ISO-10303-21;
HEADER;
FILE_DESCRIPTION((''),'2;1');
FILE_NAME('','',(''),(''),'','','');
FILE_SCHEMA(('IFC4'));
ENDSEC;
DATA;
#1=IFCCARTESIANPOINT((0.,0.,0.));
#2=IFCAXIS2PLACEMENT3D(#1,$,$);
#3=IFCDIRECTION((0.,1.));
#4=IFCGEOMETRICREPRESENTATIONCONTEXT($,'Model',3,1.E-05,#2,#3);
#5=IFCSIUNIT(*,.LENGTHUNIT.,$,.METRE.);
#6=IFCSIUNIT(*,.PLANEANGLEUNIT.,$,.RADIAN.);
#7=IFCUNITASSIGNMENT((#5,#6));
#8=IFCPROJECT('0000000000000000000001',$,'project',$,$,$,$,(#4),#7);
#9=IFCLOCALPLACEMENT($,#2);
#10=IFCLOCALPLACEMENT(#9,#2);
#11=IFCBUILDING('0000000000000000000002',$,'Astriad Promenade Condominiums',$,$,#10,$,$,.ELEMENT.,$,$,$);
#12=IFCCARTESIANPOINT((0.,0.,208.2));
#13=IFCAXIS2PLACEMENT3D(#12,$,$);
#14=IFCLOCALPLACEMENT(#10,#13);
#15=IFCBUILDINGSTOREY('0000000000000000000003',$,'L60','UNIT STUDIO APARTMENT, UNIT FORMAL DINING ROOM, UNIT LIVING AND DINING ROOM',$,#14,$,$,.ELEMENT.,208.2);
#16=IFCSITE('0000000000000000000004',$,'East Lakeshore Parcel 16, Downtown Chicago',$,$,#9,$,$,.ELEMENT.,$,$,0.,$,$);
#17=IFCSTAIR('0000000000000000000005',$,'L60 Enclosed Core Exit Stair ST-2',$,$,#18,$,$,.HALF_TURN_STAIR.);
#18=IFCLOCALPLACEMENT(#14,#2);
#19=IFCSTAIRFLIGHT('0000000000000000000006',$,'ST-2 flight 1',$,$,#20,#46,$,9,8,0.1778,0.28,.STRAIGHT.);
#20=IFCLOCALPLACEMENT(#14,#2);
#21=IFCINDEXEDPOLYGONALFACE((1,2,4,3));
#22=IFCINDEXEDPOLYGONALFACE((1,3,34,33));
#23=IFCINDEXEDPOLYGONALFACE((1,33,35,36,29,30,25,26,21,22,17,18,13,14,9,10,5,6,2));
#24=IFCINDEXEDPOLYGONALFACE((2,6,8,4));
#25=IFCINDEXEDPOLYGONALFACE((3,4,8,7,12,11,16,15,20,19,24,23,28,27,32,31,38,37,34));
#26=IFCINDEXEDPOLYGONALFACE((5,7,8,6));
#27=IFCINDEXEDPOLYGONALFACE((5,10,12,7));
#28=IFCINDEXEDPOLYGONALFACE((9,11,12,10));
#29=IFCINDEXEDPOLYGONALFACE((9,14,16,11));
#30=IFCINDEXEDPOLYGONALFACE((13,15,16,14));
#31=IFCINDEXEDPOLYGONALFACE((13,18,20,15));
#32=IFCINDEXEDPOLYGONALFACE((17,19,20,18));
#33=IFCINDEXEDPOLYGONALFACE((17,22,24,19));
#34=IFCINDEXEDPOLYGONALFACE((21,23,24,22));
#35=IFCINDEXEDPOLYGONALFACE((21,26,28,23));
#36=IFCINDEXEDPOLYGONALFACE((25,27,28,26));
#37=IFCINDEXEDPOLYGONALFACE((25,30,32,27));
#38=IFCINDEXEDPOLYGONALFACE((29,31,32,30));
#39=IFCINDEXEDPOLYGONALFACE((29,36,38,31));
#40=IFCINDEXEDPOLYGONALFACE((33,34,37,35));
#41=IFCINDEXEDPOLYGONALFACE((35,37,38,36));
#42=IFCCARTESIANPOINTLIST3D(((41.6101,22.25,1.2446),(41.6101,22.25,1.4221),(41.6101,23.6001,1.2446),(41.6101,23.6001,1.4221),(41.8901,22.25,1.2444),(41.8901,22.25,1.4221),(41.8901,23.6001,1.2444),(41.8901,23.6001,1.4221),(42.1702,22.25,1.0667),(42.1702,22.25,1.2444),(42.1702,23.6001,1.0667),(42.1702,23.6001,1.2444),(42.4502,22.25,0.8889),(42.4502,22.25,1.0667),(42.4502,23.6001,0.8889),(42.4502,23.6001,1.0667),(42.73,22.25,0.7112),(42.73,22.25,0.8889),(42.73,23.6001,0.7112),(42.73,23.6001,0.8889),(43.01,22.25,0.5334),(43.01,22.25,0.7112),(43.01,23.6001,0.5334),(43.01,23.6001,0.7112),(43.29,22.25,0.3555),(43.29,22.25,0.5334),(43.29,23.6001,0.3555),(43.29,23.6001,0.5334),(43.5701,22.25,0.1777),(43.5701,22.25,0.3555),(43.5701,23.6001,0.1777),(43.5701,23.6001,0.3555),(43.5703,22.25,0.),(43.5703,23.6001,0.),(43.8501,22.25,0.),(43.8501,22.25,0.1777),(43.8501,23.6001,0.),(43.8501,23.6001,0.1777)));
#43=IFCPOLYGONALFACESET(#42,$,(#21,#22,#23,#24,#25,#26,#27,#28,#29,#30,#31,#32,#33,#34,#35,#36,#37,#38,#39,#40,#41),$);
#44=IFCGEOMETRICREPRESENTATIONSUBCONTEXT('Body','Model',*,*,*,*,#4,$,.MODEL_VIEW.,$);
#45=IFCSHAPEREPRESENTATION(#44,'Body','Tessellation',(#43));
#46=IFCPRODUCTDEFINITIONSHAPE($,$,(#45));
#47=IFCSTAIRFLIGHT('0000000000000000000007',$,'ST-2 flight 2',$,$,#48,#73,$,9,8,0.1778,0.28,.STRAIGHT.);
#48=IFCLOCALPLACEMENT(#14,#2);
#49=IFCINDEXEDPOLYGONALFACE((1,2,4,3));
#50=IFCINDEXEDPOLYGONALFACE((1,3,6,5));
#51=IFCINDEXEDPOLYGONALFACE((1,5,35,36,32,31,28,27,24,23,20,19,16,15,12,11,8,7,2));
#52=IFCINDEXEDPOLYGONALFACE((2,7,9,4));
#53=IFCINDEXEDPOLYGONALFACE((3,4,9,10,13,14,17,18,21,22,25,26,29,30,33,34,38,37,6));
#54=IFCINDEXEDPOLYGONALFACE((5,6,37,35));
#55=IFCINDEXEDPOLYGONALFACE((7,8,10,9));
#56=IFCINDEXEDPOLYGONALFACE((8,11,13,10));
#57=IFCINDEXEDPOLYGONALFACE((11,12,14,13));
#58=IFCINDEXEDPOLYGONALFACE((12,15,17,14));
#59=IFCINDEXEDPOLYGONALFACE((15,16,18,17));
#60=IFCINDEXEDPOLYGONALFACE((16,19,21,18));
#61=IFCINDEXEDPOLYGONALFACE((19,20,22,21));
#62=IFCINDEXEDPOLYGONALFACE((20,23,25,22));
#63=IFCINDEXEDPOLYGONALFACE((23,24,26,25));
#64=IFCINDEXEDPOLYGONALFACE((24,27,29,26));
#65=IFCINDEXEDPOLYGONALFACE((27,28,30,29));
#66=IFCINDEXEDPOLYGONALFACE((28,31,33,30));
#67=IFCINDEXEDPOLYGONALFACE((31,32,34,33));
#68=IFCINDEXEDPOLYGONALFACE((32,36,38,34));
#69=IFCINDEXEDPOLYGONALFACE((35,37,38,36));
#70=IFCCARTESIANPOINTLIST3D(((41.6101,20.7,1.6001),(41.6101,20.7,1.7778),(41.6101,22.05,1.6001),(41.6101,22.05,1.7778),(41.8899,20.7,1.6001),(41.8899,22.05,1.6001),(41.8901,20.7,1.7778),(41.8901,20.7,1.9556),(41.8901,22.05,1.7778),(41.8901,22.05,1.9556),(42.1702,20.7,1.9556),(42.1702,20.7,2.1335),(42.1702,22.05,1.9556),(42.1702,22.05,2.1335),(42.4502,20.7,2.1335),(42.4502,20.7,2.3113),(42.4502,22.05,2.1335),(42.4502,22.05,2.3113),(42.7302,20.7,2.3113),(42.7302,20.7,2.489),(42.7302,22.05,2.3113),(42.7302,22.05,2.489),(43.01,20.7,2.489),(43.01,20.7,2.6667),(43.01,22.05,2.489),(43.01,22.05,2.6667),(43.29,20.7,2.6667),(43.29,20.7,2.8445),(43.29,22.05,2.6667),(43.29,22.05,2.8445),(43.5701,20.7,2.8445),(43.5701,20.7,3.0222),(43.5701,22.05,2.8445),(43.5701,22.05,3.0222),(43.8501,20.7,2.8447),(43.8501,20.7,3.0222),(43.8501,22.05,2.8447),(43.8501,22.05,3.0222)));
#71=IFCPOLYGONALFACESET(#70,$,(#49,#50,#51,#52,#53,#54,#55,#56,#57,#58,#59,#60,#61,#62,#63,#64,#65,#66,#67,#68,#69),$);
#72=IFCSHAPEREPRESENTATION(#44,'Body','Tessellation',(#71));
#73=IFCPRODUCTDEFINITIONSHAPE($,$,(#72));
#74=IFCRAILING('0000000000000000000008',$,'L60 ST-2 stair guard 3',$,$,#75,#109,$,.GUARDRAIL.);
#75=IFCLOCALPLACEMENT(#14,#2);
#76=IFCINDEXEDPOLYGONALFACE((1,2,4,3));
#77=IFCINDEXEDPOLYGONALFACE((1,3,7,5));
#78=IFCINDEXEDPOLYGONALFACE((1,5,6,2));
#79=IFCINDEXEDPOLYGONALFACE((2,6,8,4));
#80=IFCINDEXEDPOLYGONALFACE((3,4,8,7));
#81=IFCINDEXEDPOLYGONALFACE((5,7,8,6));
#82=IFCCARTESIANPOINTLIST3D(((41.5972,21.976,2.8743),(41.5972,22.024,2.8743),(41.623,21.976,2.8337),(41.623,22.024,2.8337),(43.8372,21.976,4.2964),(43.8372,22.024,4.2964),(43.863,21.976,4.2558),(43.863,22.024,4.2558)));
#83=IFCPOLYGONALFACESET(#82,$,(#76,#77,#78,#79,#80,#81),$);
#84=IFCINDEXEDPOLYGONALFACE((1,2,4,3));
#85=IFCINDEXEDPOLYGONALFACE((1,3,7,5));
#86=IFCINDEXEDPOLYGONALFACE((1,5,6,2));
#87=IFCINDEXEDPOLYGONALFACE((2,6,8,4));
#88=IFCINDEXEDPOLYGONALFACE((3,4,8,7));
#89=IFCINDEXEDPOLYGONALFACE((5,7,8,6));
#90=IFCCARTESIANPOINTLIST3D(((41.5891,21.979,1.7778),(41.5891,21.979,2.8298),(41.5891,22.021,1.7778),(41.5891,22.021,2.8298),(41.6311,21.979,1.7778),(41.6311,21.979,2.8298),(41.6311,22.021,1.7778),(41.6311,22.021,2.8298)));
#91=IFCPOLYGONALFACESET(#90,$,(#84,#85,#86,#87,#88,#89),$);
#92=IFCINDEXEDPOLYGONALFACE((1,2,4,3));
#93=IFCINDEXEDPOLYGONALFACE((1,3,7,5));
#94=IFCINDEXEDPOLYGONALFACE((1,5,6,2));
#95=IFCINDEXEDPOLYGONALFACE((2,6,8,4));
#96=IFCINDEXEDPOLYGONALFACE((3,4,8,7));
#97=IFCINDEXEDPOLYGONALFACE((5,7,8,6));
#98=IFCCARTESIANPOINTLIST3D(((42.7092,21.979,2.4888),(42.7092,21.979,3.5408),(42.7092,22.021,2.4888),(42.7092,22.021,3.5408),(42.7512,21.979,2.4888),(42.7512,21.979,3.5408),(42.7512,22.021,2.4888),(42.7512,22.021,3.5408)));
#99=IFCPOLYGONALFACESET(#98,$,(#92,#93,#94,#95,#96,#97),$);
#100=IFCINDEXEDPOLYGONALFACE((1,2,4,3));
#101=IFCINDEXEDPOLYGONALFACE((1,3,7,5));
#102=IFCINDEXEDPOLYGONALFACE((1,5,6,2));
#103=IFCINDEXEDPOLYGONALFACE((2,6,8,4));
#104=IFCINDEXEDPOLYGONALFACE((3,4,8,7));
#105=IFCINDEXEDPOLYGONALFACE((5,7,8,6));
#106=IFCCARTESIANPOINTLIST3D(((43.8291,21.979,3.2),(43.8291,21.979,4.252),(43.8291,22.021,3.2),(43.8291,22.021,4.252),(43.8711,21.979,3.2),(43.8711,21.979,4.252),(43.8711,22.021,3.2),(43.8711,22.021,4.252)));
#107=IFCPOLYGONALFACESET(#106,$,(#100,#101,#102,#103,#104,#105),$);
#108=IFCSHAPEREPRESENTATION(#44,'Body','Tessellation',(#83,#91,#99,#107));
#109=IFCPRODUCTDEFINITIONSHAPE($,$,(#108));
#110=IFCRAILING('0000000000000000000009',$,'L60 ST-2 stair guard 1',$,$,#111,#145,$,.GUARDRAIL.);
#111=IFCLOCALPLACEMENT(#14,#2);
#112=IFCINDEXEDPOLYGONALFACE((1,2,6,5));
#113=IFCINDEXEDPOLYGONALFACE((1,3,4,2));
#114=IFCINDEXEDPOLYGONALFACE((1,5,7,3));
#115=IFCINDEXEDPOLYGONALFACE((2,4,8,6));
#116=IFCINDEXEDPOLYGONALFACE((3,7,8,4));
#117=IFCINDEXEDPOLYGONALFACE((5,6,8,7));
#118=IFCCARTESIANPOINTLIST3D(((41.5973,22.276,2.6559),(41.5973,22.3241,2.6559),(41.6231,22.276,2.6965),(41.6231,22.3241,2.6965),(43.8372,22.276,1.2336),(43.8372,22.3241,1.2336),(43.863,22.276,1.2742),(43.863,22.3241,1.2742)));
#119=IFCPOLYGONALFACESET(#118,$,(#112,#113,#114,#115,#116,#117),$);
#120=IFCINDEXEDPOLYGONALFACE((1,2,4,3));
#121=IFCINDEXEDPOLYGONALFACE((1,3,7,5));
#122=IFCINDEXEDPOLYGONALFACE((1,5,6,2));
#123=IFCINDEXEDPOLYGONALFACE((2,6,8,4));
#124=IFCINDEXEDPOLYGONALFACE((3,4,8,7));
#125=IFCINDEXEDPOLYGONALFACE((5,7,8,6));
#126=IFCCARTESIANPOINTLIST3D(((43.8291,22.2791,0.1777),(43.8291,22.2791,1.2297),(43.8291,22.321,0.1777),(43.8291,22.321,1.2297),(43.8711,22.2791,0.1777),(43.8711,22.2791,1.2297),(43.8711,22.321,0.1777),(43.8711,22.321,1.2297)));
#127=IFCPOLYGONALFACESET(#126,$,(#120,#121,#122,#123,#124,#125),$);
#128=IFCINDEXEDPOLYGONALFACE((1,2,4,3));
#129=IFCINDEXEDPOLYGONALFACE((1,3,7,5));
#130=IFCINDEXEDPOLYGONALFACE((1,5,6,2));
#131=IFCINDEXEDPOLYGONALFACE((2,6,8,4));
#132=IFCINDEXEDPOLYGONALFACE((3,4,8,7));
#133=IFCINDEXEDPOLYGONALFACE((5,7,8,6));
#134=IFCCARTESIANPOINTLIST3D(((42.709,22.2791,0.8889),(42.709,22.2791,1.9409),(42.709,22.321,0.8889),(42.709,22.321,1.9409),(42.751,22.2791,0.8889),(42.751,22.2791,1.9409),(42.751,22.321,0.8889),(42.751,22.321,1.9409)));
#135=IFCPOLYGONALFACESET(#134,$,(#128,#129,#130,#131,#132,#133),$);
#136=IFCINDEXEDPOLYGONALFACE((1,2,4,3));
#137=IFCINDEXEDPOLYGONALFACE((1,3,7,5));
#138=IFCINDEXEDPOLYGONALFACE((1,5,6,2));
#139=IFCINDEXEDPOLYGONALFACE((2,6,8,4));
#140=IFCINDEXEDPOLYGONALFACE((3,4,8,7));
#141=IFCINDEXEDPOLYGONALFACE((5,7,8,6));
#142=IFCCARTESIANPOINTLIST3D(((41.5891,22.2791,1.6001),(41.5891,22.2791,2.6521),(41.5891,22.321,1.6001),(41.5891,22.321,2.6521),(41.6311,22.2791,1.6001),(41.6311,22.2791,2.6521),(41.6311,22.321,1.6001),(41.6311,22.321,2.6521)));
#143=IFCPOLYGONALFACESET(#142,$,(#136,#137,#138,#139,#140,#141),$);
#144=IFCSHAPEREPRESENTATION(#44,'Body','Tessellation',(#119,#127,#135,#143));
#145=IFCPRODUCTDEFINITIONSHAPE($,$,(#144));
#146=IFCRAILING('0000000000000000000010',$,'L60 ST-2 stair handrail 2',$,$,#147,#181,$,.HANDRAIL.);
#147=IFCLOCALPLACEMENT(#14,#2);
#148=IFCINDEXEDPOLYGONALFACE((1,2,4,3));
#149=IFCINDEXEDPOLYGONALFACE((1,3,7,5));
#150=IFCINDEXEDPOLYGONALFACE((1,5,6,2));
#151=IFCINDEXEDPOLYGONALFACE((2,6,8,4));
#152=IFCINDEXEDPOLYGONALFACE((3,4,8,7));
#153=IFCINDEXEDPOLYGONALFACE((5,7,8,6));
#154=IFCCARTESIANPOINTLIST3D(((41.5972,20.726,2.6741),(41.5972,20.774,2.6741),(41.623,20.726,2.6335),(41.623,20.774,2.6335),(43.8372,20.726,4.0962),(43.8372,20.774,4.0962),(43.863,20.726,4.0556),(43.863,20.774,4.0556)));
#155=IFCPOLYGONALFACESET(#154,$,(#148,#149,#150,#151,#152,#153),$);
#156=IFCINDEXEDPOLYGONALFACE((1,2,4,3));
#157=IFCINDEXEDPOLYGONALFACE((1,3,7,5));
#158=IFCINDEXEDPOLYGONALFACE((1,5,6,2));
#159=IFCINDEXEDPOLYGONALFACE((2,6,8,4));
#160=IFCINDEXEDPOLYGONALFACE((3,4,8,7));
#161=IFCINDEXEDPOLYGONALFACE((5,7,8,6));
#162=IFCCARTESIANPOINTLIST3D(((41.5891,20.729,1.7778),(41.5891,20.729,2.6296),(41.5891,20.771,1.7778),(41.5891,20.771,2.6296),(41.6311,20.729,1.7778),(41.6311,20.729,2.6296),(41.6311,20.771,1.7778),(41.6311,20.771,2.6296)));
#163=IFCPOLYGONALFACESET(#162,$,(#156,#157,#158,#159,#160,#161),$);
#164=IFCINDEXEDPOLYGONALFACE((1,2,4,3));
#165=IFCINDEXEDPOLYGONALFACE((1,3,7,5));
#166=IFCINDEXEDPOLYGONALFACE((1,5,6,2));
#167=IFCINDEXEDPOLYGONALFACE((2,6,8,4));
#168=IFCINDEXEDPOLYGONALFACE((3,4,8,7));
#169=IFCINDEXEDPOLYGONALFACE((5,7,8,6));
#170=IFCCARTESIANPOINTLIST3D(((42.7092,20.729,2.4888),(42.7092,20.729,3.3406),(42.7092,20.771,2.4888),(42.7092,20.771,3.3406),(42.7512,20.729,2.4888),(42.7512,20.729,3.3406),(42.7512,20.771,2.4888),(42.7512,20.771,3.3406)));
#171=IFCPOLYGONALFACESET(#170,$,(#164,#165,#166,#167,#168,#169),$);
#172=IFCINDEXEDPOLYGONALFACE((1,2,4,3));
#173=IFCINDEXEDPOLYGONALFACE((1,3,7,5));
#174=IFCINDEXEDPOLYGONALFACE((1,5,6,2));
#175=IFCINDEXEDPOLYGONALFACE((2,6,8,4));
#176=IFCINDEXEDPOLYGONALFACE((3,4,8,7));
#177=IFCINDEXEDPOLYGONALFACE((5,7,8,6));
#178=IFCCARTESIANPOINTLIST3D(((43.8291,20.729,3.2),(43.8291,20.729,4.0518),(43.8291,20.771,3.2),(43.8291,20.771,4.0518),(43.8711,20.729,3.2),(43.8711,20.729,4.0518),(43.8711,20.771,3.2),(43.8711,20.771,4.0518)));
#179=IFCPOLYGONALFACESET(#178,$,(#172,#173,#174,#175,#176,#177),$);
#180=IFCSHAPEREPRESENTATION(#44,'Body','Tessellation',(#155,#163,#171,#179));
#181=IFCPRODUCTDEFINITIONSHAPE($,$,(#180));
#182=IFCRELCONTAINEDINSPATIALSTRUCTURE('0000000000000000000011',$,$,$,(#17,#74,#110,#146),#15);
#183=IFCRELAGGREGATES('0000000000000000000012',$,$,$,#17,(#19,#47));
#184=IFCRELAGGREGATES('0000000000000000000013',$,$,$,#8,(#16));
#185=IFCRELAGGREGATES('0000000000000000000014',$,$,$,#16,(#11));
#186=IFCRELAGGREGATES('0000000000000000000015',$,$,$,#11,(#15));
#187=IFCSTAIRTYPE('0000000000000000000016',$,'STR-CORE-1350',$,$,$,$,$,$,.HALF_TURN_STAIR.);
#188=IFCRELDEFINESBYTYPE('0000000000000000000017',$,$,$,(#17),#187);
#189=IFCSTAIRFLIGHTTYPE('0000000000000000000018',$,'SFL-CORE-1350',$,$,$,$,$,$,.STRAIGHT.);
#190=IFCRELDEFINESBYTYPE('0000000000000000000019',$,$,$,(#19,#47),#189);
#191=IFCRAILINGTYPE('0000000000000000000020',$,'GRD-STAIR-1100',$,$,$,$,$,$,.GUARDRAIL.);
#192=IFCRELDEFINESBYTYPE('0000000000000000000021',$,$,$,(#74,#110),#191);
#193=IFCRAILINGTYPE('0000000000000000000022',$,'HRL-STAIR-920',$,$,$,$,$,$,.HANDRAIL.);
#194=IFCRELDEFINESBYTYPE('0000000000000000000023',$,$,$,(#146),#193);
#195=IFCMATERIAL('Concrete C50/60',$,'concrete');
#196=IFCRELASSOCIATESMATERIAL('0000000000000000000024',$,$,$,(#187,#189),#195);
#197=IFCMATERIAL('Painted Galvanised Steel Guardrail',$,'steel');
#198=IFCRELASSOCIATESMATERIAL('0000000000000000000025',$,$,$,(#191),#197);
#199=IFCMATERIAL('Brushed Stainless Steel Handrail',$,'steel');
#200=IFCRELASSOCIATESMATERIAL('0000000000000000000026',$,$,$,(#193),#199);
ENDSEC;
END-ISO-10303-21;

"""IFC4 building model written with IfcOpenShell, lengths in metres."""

from ifc_helpers import new_model, si_unit, direction, frame, origin, origin_2d, place, context, subcontext, project, spatial, polyline, rectangle, outline, extrude, source, transform, mapped, material, type_object, type_shapes, element, aggregate, save


model = new_model("IFC4")

# Units and contexts
model_context = context("Model", 3, precision=1e-05, world=origin(), true_north=direction((0.0, 1.0)))
body_context = subcontext(model_context, "Body", "Model", "MODEL_VIEW")
ifc_project = project(units=[si_unit("LENGTHUNIT", "METRE"), si_unit("PLANEANGLEUNIT", "RADIAN")], contexts=[model_context])

# Site, building, storey
site_placement = place(None, origin())
site = spatial("IfcSite", under=ifc_project, at=site_placement, Name="East Lakeshore Parcel 16, Downtown Chicago", CompositionType="ELEMENT", RefElevation=0.0)
building_placement = place(site_placement, origin())
building = spatial("IfcBuilding", under=site, at=building_placement, Name="Astriad Promenade Condominiums", CompositionType="ELEMENT")
storey_placement = place(building_placement, frame((0.0, 0.0, 208.2)))
storey = spatial("IfcBuildingStorey", under=building, at=storey_placement, Name="L60", Description="UNIT STUDIO APARTMENT, UNIT FORMAL DINING ROOM, UNIT LIVING AND DINING ROOM", CompositionType="ELEMENT", Elevation=208.2)

# Shared definitions
ifc_material_1 = material(Name="Concrete C50/60", Category="concrete")

# Stair, stair flights
stair_type = type_object("IfcStairType", Name="STR-CORE-1350", PredefinedType="HALF_TURN_STAIR", material=ifc_material_1)
stair_placement = place(storey_placement, origin())
stair = element("IfcStair", 1, at=stair_placement, inside=storey, type_object=stair_type, Name="L60 Enclosed Core Exit Stair ST-2", PredefinedType="HALF_TURN_STAIR")
stair_flight_type = type_object("IfcStairFlightType", Name="SFL-CORE-1350", PredefinedType="STRAIGHT", material=ifc_material_1)
shared_shape_1 = source(origin(), body_context, "Body", "SweptSolid", [
    extrude(outline(polyline([(0.0, 0.0), (0.0, 0.1777), (0.28, 0.1777), (0.28, 0.3555), (0.5601, 0.3555), (0.5601, 0.5334), (0.8401, 0.5334), (0.8401, 0.7112), (1.1201, 0.7112), (1.1201, 0.8889), (1.3999, 0.8889), (1.3999, 1.0667), (1.6799, 1.0667), (1.6799, 1.2444), (1.96, 1.2444), (1.96, 1.4221), (2.24, 1.4221), (2.24, 1.6001), (2.24, 1.2446), (0.2798, 0.0), (0.0, 0.0)])), frame((0.0, 0.675, 0.0), z_axis=(0.0, -1.0, 0.0), x_axis=(1.0, 0.0, 0.0)), (0.0, 0.0, 1.0), 1.3501),
])
type_shapes(stair_flight_type, [shared_shape_1])
stair_flight_1_placement = place(storey_placement, frame((43.8501, 22.925, 0.0), z_axis=(0.0, 0.0, 1.0), x_axis=(-1.0, 0.0, 0.0)))
stair_flight_1 = element("IfcStairFlight", 2, at=stair_flight_1_placement, type_object=stair_flight_type, Name="ST-2 flight 1", NumberOfRisers=9, NumberOfTreads=8, PredefinedType="STRAIGHT", RiserHeight=0.1778, TreadLength=0.28, context=body_context, shape_type="MappedRepresentation", body=[
    mapped(shared_shape_1, transform((0.0, 0.0, 0.0), scale=1.0)),
])
stair_flight_2_placement = place(storey_placement, frame((41.6101, 21.375, 1.6001), z_axis=(0.0, 0.0, 1.0), x_axis=(1.0, 0.0, 0.0)))
stair_flight_2 = element("IfcStairFlight", 3, at=stair_flight_2_placement, type_object=stair_flight_type, Name="ST-2 flight 2", NumberOfRisers=9, NumberOfTreads=8, PredefinedType="STRAIGHT", RiserHeight=0.1778, TreadLength=0.28, context=body_context, shape_type="MappedRepresentation", body=[
    mapped(shared_shape_1, transform((0.0, 0.0, 0.0), scale=1.0)),
])
aggregate(stair, [stair_flight_1, stair_flight_2])

# Railings
ifc_material_2 = material(Name="Painted Galvanised Steel Guardrail", Category="steel")
railing_type_1 = type_object("IfcRailingType", Name="GRD-STAIR-1100", PredefinedType="GUARDRAIL", material=ifc_material_2)
shared_shape_2 = source(origin(), body_context, "Body", "SweptSolid", [
    extrude(rectangle(XDim=0.0481, YDim=0.0481, at=origin_2d()), frame((0.0, 0.0, 1.0762), z_axis=(0.844229, 0.0, 0.535982), x_axis=(0.0, 1.0, 0.0)), (0.0, 0.0, 1.0), 2.6533),
    extrude(rectangle(XDim=0.042, YDim=0.042, at=origin_2d()), origin(), (0.0, 0.0, 1.0), 1.052),
    extrude(rectangle(XDim=0.042, YDim=0.042, at=origin_2d()), frame((1.1201, 0.0, 0.7109)), (0.0, 0.0, 1.0), 1.052),
    extrude(rectangle(XDim=0.042, YDim=0.042, at=origin_2d()), frame((2.24, 0.0, 1.4221)), (0.0, 0.0, 1.0), 1.052),
])
railing_1_placement = place(storey_placement, frame((41.6101, 22.0, 1.7778)))
element("IfcRailing", 4, at=railing_1_placement, inside=storey, type_object=railing_type_1, Name="L60 ST-2 stair guard 3", PredefinedType="GUARDRAIL", context=body_context, shape_type="MappedRepresentation", body=[
    mapped(shared_shape_2, transform((0.0, 0.0, 0.0), scale=1.0)),
])
shared_shape_3 = source(origin(), body_context, "Body", "SweptSolid", [
    extrude(rectangle(XDim=0.0481, YDim=0.0481, at=origin_2d()), frame((0.0, 0.0, 1.0762), z_axis=(-0.844188, 0.0, 0.536048), x_axis=(0.0, -1.0, 0.0)), (0.0, 0.0, 1.0), 2.6533),
    extrude(rectangle(XDim=0.042, YDim=0.042, at=origin_2d()), origin(), (0.0, 0.0, 1.0), 1.052),
    extrude(rectangle(XDim=0.042, YDim=0.042, at=origin_2d()), frame((-1.1201, 0.0, 0.7112)), (0.0, 0.0, 1.0), 1.052),
    extrude(rectangle(XDim=0.042, YDim=0.042, at=origin_2d()), frame((-2.24, 0.0, 1.4224)), (0.0, 0.0, 1.0), 1.052),
])
railing_2_placement = place(storey_placement, frame((43.8501, 22.3, 0.1777)))
element("IfcRailing", 5, at=railing_2_placement, inside=storey, type_object=railing_type_1, Name="L60 ST-2 stair guard 1", PredefinedType="GUARDRAIL", context=body_context, shape_type="MappedRepresentation", body=[
    mapped(shared_shape_3, transform((0.0, 0.0, 0.0), scale=1.0)),
])
ifc_material_3 = material(Name="Brushed Stainless Steel Handrail", Category="steel")
railing_type_2 = type_object("IfcRailingType", Name="HRL-STAIR-920", PredefinedType="HANDRAIL", material=ifc_material_3)
shared_shape_4 = source(origin(), body_context, "Body", "SweptSolid", [
    extrude(rectangle(XDim=0.0481, YDim=0.0481, at=origin_2d()), frame((0.0, 0.0, 0.876), z_axis=(0.844229, 0.0, 0.535982), x_axis=(0.0, 1.0, 0.0)), (0.0, 0.0, 1.0), 2.6533),
    extrude(rectangle(XDim=0.042, YDim=0.042, at=origin_2d()), origin(), (0.0, 0.0, 1.0), 0.8518),
    extrude(rectangle(XDim=0.042, YDim=0.042, at=origin_2d()), frame((1.1201, 0.0, 0.7109)), (0.0, 0.0, 1.0), 0.8518),
    extrude(rectangle(XDim=0.042, YDim=0.042, at=origin_2d()), frame((2.24, 0.0, 1.4221)), (0.0, 0.0, 1.0), 0.8518),
])
railing_3_placement = place(storey_placement, frame((41.6101, 20.75, 1.7778)))
element("IfcRailing", 6, at=railing_3_placement, inside=storey, type_object=railing_type_2, Name="L60 ST-2 stair handrail 2", PredefinedType="HANDRAIL", context=body_context, shape_type="MappedRepresentation", body=[
    mapped(shared_shape_4, transform((0.0, 0.0, 0.0), scale=1.0)),
])

save(model, "model.ifc")
